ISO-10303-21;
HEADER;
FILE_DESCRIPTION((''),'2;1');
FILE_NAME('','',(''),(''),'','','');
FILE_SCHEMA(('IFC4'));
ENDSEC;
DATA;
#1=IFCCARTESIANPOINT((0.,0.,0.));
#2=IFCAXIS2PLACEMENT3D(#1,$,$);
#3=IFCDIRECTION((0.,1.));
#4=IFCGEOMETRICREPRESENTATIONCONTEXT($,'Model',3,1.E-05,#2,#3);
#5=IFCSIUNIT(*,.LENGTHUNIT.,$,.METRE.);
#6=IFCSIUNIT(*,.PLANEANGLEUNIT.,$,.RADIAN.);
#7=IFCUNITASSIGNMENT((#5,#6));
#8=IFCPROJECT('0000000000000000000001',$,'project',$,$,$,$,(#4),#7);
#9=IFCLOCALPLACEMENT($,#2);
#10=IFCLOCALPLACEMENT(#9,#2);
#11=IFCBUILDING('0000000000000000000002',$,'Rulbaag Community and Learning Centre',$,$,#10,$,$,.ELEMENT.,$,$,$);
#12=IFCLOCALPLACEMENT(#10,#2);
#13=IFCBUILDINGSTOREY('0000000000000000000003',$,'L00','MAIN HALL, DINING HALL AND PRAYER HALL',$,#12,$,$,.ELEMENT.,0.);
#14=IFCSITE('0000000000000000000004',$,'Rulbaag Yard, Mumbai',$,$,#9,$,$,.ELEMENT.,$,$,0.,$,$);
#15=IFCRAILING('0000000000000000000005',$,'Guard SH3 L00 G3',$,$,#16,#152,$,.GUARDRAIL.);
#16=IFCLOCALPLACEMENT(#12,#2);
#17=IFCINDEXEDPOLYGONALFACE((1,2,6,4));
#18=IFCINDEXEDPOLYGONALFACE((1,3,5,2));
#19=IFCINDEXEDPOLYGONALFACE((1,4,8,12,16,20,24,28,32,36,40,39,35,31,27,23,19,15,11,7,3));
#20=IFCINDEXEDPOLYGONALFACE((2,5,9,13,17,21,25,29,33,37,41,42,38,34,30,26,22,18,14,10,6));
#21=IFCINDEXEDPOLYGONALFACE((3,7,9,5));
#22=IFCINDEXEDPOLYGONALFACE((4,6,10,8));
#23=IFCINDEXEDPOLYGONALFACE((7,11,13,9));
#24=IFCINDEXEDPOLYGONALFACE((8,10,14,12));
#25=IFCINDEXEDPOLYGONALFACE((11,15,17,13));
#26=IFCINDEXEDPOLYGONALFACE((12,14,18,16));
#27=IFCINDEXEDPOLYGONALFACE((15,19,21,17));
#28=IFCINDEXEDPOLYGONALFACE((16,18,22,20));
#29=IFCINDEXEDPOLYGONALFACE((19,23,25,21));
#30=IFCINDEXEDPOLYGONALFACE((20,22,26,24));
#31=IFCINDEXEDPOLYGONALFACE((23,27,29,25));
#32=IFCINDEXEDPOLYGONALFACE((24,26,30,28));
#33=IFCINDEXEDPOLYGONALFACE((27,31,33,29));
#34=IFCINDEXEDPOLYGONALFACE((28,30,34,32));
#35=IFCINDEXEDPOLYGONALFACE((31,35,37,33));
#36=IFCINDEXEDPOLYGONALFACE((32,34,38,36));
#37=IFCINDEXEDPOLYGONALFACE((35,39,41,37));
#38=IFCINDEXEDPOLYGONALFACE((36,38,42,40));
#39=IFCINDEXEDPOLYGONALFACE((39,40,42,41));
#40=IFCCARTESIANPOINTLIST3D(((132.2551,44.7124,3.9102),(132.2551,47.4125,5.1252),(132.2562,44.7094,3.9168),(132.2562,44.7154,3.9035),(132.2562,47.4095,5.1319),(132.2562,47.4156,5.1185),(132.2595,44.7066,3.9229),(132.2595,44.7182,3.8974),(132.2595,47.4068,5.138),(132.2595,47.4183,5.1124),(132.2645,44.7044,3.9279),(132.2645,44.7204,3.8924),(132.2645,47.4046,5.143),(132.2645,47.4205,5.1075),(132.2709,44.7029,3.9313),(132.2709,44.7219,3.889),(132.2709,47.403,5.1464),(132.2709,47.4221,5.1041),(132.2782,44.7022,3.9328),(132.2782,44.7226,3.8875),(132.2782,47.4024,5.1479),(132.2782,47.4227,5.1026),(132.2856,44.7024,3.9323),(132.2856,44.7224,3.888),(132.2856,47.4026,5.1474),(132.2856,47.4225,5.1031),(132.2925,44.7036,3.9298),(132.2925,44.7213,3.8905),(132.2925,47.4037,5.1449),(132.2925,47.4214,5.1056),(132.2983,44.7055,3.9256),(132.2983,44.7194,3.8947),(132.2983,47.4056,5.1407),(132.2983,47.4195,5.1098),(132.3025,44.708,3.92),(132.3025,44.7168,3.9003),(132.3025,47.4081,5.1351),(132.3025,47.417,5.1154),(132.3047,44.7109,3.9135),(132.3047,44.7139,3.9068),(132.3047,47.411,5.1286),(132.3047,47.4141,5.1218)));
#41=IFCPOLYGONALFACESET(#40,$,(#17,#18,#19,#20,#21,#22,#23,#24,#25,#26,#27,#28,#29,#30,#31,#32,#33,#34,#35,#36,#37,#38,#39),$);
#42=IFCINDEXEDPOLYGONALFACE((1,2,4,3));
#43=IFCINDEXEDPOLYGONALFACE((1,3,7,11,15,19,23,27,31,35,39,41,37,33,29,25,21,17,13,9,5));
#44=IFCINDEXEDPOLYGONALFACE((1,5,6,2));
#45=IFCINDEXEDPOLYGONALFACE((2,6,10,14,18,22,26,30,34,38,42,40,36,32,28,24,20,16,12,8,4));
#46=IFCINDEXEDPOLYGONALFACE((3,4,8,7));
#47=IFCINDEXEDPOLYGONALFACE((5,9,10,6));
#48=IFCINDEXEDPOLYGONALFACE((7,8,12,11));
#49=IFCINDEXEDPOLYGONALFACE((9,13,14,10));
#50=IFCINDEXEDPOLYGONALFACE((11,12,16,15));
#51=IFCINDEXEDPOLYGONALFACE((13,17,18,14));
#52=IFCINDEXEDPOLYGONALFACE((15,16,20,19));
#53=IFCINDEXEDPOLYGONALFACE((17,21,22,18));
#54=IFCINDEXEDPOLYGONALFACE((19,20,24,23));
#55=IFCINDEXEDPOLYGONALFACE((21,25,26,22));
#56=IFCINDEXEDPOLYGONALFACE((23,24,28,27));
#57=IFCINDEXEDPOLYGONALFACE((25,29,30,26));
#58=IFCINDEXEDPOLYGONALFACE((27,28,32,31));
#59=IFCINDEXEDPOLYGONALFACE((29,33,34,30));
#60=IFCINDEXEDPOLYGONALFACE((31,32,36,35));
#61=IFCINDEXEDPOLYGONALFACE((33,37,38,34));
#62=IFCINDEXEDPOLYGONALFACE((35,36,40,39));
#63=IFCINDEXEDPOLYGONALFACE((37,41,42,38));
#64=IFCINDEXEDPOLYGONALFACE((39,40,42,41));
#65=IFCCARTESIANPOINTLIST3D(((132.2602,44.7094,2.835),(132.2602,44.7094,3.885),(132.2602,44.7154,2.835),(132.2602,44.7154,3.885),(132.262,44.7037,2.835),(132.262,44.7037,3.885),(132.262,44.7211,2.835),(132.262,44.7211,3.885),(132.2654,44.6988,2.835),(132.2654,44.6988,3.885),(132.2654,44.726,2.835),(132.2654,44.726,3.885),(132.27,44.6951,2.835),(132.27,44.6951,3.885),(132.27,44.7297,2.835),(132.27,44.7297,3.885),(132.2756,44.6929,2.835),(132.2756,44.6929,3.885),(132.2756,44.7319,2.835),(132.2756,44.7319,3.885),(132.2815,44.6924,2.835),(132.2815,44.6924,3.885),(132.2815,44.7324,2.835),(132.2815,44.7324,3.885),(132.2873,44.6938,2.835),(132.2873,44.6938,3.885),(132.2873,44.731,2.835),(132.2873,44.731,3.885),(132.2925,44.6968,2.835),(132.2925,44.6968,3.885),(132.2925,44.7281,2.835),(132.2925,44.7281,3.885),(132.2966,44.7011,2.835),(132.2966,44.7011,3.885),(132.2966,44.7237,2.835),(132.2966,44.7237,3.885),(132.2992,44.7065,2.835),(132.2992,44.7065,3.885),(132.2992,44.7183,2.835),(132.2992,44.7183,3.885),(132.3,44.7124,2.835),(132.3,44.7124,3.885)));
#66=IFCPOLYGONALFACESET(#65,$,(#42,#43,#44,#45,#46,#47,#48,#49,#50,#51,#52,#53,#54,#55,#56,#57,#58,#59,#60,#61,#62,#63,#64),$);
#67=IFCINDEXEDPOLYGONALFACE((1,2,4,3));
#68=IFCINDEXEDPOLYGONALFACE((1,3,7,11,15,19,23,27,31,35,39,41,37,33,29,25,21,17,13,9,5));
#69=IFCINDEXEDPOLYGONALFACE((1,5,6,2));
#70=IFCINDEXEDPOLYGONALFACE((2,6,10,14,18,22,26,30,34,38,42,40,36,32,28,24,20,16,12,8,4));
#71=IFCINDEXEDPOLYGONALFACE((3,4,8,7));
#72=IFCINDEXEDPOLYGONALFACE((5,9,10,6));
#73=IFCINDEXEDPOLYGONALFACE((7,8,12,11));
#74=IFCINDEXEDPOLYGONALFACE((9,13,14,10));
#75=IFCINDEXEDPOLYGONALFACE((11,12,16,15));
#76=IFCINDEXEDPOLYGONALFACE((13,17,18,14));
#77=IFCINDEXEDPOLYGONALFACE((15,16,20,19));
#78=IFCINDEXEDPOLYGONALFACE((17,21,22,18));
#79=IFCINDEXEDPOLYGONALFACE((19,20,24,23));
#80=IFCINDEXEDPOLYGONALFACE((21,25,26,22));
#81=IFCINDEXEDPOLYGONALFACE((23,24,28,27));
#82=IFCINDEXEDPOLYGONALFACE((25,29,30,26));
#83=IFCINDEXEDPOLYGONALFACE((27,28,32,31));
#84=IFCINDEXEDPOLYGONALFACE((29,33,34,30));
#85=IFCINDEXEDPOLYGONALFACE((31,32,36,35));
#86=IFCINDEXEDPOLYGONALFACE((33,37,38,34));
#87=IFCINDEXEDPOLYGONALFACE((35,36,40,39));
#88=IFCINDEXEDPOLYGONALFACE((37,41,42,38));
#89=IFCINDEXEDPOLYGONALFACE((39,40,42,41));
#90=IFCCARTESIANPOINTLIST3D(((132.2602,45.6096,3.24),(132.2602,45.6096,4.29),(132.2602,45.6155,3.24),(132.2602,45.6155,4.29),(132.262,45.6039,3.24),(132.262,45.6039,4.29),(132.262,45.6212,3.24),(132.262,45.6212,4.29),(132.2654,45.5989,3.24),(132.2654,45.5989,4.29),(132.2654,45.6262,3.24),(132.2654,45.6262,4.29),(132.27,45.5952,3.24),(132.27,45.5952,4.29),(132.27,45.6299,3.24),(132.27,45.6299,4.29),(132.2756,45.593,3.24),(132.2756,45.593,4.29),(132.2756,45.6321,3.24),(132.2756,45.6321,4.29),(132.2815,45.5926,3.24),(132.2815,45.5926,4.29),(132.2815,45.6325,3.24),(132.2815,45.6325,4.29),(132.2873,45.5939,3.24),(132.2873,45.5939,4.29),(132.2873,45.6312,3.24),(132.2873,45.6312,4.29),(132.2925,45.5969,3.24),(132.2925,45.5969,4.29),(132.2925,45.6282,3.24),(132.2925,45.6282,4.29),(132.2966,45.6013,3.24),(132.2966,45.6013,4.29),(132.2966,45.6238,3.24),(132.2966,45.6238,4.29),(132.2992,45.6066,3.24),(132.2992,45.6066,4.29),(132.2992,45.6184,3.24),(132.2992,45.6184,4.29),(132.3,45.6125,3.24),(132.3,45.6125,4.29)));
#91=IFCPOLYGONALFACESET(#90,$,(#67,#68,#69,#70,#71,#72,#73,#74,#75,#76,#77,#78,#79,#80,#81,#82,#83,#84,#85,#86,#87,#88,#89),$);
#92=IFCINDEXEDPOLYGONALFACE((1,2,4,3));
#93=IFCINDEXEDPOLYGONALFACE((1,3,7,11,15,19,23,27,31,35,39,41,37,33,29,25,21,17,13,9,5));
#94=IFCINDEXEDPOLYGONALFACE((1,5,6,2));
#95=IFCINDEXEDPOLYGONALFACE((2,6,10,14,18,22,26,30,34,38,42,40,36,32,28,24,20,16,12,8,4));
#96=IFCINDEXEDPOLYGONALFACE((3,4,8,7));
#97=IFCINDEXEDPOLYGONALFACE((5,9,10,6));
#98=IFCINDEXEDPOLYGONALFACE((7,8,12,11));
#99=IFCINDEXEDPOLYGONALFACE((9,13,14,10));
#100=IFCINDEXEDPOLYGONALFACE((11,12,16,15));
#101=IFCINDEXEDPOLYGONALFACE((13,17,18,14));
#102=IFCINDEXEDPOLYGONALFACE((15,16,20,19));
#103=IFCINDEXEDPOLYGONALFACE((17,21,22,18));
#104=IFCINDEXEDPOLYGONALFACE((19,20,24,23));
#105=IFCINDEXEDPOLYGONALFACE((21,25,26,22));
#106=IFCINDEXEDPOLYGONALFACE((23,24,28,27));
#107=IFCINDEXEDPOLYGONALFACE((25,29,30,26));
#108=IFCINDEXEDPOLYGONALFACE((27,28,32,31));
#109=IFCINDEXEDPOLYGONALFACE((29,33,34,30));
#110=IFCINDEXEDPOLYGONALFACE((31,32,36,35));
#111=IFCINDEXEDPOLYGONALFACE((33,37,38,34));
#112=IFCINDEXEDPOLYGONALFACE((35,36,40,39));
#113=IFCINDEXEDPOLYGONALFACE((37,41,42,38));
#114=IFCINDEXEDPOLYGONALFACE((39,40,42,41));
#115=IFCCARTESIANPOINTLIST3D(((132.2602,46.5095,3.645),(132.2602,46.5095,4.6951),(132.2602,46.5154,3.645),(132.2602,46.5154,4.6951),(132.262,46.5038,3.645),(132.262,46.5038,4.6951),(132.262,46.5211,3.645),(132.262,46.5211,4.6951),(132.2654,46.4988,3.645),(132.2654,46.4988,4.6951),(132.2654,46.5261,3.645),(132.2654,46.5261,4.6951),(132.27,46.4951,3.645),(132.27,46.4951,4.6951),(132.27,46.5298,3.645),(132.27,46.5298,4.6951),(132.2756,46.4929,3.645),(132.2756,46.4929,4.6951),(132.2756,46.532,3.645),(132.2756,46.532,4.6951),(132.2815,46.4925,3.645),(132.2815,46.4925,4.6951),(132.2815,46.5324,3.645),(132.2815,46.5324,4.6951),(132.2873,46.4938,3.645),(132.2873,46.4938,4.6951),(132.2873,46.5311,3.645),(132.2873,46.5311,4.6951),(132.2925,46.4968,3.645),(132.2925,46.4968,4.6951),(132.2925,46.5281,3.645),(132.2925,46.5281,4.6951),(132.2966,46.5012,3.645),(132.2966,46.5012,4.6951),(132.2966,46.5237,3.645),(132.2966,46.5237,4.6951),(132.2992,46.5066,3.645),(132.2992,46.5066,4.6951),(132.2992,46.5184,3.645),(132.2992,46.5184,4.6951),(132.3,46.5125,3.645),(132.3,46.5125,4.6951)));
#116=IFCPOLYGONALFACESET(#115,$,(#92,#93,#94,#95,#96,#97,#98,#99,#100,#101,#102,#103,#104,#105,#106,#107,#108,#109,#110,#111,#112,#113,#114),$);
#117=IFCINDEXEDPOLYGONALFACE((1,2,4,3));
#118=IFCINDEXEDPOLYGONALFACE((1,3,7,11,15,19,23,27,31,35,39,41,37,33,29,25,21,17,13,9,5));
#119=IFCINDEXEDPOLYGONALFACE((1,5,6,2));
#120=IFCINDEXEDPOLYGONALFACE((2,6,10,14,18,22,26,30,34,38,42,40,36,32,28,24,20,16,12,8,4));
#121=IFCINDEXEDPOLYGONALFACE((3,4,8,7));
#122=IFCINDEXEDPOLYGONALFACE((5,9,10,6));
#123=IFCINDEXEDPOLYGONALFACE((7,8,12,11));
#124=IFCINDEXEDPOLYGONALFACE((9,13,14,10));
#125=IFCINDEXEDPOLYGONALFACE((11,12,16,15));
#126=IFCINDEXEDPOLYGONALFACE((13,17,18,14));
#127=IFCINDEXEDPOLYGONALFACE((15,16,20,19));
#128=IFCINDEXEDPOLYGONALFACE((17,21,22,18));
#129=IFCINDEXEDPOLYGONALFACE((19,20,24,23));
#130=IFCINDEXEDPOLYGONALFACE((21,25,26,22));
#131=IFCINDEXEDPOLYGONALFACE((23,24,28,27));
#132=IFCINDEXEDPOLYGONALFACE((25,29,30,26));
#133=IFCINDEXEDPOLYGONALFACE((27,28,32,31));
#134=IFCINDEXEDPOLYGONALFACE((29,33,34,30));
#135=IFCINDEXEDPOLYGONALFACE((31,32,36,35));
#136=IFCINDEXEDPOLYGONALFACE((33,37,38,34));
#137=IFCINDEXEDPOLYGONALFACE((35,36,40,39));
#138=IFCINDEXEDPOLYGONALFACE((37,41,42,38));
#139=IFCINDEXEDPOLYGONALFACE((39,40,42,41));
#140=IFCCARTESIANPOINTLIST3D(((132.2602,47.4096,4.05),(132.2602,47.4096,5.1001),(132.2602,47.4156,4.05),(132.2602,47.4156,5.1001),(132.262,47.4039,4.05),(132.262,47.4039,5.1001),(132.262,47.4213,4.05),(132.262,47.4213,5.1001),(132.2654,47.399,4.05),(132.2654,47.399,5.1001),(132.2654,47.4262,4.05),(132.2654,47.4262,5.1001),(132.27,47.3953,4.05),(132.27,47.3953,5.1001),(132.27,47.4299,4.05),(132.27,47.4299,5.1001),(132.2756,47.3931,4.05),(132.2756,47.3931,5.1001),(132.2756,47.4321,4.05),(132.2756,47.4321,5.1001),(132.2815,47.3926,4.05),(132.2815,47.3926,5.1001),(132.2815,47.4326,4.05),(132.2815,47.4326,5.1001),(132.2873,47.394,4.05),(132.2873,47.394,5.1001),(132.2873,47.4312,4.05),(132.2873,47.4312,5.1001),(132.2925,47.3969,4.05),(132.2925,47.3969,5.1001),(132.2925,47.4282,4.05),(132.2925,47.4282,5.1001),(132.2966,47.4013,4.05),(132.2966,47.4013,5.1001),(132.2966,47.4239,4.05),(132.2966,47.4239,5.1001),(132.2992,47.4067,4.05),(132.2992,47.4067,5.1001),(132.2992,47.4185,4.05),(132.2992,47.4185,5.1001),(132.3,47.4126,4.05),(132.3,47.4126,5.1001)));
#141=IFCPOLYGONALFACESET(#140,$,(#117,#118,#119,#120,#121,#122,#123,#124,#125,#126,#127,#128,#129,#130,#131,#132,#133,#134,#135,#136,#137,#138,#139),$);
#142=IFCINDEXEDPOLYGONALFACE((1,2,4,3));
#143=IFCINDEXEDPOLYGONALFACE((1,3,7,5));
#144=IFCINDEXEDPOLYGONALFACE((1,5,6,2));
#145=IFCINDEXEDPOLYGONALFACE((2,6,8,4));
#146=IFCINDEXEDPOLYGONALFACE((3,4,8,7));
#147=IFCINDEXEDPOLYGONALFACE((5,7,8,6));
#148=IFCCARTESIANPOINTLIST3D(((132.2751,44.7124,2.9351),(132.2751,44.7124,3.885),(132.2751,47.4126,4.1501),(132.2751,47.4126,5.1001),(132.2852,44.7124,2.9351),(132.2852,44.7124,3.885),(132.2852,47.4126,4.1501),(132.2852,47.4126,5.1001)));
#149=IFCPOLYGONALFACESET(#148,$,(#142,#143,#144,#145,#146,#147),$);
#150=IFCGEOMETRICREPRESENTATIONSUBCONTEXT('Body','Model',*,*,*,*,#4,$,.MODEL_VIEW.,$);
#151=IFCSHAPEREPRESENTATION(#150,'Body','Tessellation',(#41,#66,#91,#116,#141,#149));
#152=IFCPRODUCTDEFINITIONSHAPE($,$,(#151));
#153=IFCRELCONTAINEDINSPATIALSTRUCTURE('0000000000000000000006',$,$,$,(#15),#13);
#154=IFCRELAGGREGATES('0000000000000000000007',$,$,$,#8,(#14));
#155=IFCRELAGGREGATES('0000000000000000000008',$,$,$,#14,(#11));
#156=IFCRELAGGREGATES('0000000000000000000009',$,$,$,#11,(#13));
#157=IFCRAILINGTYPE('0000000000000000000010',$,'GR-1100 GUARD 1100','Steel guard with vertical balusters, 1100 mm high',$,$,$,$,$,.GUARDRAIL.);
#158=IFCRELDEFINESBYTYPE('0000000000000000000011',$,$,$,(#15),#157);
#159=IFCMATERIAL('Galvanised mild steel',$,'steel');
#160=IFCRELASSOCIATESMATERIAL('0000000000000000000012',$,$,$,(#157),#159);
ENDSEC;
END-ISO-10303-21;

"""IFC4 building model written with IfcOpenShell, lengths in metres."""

from ifc_helpers import new_model, si_unit, direction, frame, origin, origin_2d, place, context, subcontext, project, spatial, polyline, circle, outline, extrude, material, type_object, element, save


model = new_model("IFC4")

# Units and contexts
model_context = context("Model", 3, precision=1e-05, world=origin(), true_north=direction((0.0, 1.0)))
body_context = subcontext(model_context, "Body", "Model", "MODEL_VIEW")
ifc_project = project(units=[si_unit("LENGTHUNIT", "METRE"), si_unit("PLANEANGLEUNIT", "RADIAN")], contexts=[model_context])

# Site, building, storey
site_placement = place(None, origin())
site = spatial("IfcSite", under=ifc_project, at=site_placement, Name="Rulbaag Yard, Mumbai", CompositionType="ELEMENT", RefElevation=0.0)
building_placement = place(site_placement, origin())
building = spatial("IfcBuilding", under=site, at=building_placement, Name="Rulbaag Community and Learning Centre", CompositionType="ELEMENT")
storey_placement = place(building_placement, origin())
storey = spatial("IfcBuildingStorey", under=building, at=storey_placement, Name="L00", Description="MAIN HALL, DINING HALL AND PRAYER HALL", CompositionType="ELEMENT", Elevation=0.0)

# Railing
ifc_material_1 = material(Name="Galvanised mild steel", Category="steel")
railing_type_1 = type_object("IfcRailingType", Name="GR-1100 GUARD 1100", Description="Steel guard with vertical balusters, 1100 mm high", PredefinedType="GUARDRAIL", material=ifc_material_1)
railing_1_placement = place(storey_placement, frame((132.28, 44.7124, 2.835)))
element("IfcRailing", 1, at=railing_1_placement, inside=storey, type_object=railing_type_1, Name="Guard SH3 L00 G3", PredefinedType="GUARDRAIL", context=body_context, shape_type="SweptSolid", body=[
    extrude(circle(Radius=0.0249, at=origin_2d()), frame((0.0, 0.0, 1.0752), z_axis=(0.0, 0.911922, 0.410365), x_axis=(-1.0, 0.0, 0.0)), (0.0, 0.0, 1.0), 2.9609),
    extrude(circle(Radius=0.02, at=origin_2d()), origin(), (0.0, 0.0, 1.0), 1.05),
    extrude(circle(Radius=0.02, at=origin_2d()), frame((0.0, 0.9001, 0.405)), (0.0, 0.0, 1.0), 1.05),
    extrude(circle(Radius=0.02, at=origin_2d()), frame((0.0, 1.8, 0.8101)), (0.0, 0.0, 1.0), 1.05),
    extrude(circle(Radius=0.02, at=origin_2d()), frame((0.0, 2.7002, 1.2151)), (0.0, 0.0, 1.0), 1.05),
    extrude(outline(polyline([(0.0, 0.0), (2.7002, 1.2151), (2.7002, 2.165), (0.0, 0.95), (0.0, 0.0)])), frame((-0.0049, 0.0, 0.1001), z_axis=(1.0, 0.0, 0.0), x_axis=(0.0, 1.0, 0.0)), (0.0, 0.0, 1.0), 0.01),
])

save(model, "model.ifc")
